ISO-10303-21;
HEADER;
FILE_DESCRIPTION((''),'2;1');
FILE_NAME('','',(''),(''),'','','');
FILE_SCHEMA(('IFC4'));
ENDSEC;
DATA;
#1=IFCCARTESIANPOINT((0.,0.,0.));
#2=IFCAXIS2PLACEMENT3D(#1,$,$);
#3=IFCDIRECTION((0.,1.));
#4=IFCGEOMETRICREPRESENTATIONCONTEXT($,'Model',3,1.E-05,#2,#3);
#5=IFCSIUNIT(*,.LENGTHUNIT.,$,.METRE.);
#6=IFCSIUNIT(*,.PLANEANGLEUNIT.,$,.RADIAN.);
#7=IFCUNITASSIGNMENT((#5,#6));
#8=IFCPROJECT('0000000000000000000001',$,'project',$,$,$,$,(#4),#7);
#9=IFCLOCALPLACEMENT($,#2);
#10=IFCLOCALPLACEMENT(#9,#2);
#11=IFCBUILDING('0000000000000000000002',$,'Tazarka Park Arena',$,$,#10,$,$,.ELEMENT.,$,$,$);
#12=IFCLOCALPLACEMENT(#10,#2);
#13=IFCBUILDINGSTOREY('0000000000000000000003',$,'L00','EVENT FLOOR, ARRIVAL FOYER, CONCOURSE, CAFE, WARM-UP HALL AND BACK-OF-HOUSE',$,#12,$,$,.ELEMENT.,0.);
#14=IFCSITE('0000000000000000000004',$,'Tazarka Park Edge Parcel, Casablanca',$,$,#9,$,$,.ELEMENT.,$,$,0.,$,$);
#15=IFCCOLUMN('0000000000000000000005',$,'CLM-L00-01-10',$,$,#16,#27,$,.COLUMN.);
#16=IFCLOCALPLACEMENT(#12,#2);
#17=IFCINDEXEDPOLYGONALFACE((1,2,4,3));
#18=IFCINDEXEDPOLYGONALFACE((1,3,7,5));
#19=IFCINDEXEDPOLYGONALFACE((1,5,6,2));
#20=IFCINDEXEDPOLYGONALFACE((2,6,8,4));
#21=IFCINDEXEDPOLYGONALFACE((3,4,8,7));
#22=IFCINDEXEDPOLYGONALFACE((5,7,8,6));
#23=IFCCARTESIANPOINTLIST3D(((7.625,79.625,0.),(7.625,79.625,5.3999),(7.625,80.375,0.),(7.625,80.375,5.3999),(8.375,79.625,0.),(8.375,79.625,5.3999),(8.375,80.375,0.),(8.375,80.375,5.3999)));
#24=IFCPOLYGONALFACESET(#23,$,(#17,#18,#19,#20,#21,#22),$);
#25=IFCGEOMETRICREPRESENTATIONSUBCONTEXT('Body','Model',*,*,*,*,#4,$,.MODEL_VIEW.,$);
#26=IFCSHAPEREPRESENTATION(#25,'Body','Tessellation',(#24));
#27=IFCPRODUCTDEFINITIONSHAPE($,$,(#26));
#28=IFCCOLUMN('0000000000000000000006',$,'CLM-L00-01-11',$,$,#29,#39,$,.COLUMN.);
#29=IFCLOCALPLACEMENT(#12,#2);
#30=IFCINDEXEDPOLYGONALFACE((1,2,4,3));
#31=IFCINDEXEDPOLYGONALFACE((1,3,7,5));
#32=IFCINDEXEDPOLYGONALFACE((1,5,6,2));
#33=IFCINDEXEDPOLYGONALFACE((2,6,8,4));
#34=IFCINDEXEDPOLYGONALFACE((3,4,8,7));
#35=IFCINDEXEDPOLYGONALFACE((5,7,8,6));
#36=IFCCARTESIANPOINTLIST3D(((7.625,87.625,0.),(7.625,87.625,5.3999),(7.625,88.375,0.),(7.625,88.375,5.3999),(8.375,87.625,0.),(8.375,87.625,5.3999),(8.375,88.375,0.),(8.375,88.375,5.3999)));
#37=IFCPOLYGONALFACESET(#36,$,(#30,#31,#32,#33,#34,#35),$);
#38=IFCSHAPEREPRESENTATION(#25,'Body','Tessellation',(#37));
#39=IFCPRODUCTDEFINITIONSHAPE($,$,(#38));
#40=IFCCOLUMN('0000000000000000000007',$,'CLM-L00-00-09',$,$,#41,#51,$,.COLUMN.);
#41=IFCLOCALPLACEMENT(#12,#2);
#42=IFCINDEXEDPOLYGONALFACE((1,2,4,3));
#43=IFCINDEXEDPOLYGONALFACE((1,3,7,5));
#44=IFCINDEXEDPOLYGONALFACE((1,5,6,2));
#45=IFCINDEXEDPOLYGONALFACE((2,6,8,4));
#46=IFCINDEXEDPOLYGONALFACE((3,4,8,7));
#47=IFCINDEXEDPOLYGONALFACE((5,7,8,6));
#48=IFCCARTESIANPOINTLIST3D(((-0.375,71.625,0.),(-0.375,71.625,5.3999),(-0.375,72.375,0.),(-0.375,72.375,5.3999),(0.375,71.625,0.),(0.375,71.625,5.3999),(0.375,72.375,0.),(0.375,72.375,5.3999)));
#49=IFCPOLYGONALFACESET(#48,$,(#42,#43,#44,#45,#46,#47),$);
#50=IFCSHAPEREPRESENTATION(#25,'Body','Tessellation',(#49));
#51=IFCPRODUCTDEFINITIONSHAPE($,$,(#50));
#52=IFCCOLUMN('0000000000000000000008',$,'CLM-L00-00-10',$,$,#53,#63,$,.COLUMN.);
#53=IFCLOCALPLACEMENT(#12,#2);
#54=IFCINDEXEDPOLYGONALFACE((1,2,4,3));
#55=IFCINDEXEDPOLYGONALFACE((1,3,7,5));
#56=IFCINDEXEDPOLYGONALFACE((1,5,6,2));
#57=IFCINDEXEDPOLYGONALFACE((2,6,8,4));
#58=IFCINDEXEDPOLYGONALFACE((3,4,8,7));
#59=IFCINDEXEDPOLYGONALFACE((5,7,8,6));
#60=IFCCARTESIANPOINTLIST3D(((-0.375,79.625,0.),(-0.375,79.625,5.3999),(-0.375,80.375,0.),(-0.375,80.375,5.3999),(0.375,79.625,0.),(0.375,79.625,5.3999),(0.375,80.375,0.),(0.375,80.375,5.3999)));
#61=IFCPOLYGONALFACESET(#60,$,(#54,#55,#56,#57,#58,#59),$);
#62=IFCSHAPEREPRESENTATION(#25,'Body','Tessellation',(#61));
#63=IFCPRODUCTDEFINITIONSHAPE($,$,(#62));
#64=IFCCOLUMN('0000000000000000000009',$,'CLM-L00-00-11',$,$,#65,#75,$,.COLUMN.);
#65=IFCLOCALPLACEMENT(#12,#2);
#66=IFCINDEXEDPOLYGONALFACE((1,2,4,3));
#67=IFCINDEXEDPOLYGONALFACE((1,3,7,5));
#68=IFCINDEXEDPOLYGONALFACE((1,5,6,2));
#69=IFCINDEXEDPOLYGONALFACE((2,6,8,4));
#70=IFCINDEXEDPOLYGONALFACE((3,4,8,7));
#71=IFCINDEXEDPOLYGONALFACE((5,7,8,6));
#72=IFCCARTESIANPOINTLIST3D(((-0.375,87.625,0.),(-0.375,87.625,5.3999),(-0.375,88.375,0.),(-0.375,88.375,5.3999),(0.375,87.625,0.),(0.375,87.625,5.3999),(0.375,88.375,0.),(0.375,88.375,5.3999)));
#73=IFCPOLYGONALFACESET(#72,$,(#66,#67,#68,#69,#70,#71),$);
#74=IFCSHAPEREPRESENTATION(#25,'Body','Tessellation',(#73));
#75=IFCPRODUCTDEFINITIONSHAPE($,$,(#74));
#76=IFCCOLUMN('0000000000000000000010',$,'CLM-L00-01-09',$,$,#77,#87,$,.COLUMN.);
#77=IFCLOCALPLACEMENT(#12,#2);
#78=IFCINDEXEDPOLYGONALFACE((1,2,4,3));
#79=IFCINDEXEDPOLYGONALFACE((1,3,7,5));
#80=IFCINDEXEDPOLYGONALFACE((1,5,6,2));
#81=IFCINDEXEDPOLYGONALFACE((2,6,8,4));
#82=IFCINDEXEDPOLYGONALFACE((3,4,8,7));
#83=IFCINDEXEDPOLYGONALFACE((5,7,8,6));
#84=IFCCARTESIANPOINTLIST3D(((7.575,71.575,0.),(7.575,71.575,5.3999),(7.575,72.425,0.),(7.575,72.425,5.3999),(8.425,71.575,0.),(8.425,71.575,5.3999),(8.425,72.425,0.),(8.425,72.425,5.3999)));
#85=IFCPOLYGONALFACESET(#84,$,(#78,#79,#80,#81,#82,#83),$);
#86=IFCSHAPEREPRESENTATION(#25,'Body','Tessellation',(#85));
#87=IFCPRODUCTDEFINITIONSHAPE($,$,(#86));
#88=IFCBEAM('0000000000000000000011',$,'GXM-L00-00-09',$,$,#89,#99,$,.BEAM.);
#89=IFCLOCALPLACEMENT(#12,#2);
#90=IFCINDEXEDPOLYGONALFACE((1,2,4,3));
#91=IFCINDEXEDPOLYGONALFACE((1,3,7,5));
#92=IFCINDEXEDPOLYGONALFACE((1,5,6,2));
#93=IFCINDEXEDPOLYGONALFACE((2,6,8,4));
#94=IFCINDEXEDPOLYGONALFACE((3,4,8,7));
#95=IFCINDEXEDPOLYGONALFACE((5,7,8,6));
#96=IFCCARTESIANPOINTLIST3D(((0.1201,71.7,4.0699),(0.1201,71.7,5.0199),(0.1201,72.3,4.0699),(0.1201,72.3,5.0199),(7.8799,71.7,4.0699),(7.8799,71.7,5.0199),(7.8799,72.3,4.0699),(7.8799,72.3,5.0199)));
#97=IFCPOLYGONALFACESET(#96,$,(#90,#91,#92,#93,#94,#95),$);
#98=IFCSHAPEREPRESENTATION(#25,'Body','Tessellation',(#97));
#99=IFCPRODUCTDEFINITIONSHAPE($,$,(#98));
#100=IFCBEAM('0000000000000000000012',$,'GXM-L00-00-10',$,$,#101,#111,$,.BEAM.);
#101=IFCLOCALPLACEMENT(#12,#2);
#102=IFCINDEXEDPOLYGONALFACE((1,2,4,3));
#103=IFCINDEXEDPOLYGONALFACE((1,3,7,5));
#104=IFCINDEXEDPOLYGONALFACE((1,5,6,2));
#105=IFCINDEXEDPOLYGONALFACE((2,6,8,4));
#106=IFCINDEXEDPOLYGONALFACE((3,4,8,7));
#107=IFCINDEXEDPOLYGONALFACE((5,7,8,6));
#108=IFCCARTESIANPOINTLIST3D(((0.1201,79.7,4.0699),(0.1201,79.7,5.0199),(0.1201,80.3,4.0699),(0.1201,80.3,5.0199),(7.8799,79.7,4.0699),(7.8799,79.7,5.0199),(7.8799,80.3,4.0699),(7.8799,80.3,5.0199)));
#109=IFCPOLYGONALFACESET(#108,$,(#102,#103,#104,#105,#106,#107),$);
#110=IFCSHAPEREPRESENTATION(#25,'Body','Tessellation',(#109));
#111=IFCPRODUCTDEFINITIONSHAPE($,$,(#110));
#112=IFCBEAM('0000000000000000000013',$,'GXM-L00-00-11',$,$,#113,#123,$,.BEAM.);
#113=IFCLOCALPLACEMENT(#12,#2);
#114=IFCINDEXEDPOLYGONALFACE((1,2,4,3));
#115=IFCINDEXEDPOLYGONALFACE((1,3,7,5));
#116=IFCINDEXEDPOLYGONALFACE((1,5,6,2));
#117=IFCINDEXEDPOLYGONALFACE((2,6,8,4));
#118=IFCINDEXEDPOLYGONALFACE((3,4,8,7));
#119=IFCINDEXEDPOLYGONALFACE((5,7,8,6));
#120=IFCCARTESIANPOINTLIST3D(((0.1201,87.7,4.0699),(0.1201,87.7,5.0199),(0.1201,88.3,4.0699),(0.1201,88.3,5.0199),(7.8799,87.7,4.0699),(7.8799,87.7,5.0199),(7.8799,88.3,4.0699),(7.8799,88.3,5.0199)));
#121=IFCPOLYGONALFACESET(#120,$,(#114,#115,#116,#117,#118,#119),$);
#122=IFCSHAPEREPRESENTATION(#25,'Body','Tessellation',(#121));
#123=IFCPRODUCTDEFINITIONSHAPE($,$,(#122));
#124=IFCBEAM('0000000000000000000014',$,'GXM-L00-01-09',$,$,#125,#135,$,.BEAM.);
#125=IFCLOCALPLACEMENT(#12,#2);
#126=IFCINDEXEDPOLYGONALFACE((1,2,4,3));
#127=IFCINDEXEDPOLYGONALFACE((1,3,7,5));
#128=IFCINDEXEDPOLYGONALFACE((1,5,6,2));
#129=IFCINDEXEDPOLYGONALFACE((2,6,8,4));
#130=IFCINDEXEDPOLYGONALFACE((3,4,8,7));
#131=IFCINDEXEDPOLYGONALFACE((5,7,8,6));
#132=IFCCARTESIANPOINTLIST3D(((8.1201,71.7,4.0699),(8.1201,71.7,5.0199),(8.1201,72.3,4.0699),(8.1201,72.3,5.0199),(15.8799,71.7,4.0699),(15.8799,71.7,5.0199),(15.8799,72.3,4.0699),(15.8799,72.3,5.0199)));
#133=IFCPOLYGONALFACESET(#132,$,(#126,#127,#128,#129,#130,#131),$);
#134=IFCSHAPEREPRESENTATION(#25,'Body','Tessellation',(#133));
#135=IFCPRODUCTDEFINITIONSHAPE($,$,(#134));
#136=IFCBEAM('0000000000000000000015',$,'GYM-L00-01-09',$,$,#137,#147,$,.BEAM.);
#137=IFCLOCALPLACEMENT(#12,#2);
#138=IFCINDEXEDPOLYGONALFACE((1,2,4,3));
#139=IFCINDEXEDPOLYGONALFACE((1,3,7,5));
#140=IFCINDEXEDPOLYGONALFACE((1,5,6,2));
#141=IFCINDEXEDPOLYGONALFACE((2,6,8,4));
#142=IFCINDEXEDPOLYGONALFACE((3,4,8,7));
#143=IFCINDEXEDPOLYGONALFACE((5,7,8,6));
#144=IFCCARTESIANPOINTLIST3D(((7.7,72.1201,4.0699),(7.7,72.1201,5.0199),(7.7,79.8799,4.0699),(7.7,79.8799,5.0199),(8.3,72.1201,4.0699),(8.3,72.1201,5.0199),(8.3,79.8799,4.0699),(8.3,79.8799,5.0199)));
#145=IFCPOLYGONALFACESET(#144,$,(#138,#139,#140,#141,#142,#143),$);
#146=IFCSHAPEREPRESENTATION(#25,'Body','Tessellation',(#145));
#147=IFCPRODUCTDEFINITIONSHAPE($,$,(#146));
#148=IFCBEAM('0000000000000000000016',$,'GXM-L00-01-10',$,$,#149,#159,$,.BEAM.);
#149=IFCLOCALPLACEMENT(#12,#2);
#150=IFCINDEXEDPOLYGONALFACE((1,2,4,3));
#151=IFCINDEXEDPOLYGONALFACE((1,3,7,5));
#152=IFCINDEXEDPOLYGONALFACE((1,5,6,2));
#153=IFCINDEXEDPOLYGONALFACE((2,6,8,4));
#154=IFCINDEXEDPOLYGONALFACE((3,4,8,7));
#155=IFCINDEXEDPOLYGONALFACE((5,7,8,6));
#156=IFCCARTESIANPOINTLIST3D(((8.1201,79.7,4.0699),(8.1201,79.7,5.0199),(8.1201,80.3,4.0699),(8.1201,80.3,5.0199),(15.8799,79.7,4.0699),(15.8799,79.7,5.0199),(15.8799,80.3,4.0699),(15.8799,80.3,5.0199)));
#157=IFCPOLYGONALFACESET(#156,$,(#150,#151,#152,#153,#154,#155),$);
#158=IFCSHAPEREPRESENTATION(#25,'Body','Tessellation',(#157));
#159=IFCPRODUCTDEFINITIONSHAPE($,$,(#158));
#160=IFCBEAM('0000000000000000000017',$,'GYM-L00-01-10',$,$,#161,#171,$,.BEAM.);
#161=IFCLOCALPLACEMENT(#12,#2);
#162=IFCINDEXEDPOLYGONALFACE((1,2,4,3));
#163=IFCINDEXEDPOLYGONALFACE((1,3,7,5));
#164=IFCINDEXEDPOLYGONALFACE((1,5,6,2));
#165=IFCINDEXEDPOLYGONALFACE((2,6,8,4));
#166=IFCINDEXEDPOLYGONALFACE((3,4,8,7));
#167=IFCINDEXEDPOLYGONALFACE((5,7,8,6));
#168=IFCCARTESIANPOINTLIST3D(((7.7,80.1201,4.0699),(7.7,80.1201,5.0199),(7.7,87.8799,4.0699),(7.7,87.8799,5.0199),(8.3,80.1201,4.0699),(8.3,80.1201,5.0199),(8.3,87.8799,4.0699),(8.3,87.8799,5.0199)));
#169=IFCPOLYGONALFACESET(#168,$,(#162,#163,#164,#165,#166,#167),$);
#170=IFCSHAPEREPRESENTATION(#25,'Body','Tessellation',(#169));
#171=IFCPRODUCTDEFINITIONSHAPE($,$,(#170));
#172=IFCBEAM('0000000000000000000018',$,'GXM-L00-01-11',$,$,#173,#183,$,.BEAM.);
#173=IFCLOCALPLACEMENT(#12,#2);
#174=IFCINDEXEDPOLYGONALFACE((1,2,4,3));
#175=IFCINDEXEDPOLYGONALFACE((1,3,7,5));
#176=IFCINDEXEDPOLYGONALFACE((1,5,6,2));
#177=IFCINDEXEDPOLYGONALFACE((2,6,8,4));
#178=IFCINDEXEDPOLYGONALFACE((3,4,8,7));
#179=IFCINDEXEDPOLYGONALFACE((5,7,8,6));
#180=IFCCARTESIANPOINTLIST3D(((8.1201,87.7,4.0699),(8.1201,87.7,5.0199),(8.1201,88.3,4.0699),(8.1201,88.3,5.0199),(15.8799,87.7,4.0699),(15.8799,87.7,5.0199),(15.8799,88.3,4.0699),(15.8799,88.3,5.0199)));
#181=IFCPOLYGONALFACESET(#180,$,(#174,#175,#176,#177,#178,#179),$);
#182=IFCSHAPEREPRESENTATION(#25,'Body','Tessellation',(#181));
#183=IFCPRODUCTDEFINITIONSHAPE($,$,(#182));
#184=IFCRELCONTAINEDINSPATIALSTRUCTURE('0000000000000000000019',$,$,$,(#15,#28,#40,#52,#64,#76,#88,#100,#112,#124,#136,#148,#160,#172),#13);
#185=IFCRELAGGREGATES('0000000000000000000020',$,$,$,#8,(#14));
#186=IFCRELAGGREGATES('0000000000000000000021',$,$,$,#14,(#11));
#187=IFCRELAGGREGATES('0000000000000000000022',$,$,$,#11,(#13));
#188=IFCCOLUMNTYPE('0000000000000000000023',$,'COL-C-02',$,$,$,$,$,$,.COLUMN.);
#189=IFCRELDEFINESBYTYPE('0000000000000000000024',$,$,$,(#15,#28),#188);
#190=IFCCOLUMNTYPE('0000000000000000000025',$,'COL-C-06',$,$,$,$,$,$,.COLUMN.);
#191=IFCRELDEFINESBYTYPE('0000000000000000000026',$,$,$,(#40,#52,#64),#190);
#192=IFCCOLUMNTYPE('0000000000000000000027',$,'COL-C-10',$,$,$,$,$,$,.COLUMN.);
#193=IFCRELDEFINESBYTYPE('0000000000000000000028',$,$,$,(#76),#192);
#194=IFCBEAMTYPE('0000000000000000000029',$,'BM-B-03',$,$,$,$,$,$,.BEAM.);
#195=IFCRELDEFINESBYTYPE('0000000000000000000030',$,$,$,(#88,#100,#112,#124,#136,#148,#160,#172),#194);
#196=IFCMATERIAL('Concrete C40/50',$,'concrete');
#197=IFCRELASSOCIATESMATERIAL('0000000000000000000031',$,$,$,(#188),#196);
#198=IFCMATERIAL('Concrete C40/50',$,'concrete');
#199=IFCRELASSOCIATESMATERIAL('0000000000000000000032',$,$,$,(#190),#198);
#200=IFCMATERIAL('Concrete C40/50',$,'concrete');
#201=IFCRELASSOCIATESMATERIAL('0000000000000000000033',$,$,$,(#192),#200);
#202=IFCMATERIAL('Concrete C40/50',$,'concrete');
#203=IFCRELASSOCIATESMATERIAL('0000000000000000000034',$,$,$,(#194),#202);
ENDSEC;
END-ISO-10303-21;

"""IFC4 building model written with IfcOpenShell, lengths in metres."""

from ifc_helpers import new_model, si_unit, direction, frame, origin, origin_2d, place, context, subcontext, project, spatial, rectangle, extrude, material, material_profile, profile_set, type_object, element, save


model = new_model("IFC4")

# Units and contexts
model_context = context("Model", 3, precision=1e-05, world=origin(), true_north=direction((0.0, 1.0)))
body_context = subcontext(model_context, "Body", "Model", "MODEL_VIEW")
ifc_project = project(units=[si_unit("LENGTHUNIT", "METRE"), si_unit("PLANEANGLEUNIT", "RADIAN")], contexts=[model_context])

# Site, building, storey
site_placement = place(None, origin())
site = spatial("IfcSite", under=ifc_project, at=site_placement, Name="Tazarka Park Edge Parcel, Casablanca", CompositionType="ELEMENT", RefElevation=0.0)
building_placement = place(site_placement, origin())
building = spatial("IfcBuilding", under=site, at=building_placement, Name="Tazarka Park Arena", CompositionType="ELEMENT")
storey_placement = place(building_placement, origin())
storey = spatial("IfcBuildingStorey", under=building, at=storey_placement, Name="L00", Description="EVENT FLOOR, ARRIVAL FOYER, CONCOURSE, CAFE, WARM-UP HALL AND BACK-OF-HOUSE", CompositionType="ELEMENT", Elevation=0.0)

# Columns
ifc_material_1 = material(Name="Concrete C40/50", Category="concrete")
ifc_material_profile_1 = material_profile(ifc_material_1, rectangle(XDim=0.75, YDim=0.75, at=origin_2d()), Name="Concrete C40/50")
ifc_profile_set_1 = profile_set([ifc_material_profile_1], Name="Concrete C40/50")
column_type_1 = type_object("IfcColumnType", Name="COL-C-02", PredefinedType="COLUMN", material=ifc_profile_set_1)
for number, where, z_axis, x_axis, name in (
    (1, (8.0, 80.0, 0.0), (0.0, 0.0, 1.0), (1.0, 0.0, 0.0), "CLM-L00-01-10"),
    (2, (8.0, 88.0, 0.0), (0.0, 0.0, 1.0), (1.0, 0.0, 0.0), "CLM-L00-01-11"),
):
    element("IfcColumn", number, at=place(storey_placement, frame(where, z_axis=z_axis, x_axis=x_axis)), inside=storey, type_object=column_type_1, Name=name, PredefinedType="COLUMN", context=body_context, shape_type="SweptSolid", body=[
        extrude(rectangle(XDim=0.75, YDim=0.75, at=origin_2d()), origin(), (0.0, 0.0, 1.0), 5.3999),
    ])
ifc_material_2 = material(Name="Concrete C40/50", Category="concrete")
ifc_material_profile_2 = material_profile(ifc_material_2, rectangle(XDim=0.75, YDim=0.75, at=origin_2d()), Name="Concrete C40/50")
ifc_profile_set_2 = profile_set([ifc_material_profile_2], Name="Concrete C40/50")
column_type_2 = type_object("IfcColumnType", Name="COL-C-06", PredefinedType="COLUMN", material=ifc_profile_set_2)
for number, where, z_axis, x_axis, name in (
    (3, (0.0, 72.0, 0.0), (0.0, 0.0, 1.0), (1.0, 0.0, 0.0), "CLM-L00-00-09"),
    (4, (0.0, 80.0, 0.0), (0.0, 0.0, 1.0), (1.0, 0.0, 0.0), "CLM-L00-00-10"),
    (5, (0.0, 88.0, 0.0), (0.0, 0.0, 1.0), (1.0, 0.0, 0.0), "CLM-L00-00-11"),
):
    element("IfcColumn", number, at=place(storey_placement, frame(where, z_axis=z_axis, x_axis=x_axis)), inside=storey, type_object=column_type_2, Name=name, PredefinedType="COLUMN", context=body_context, shape_type="SweptSolid", body=[
        extrude(rectangle(XDim=0.75, YDim=0.75, at=origin_2d()), origin(), (0.0, 0.0, 1.0), 5.3999),
    ])
ifc_material_3 = material(Name="Concrete C40/50", Category="concrete")
ifc_material_profile_3 = material_profile(ifc_material_3, rectangle(XDim=0.8501, YDim=0.8501, at=origin_2d()), Name="Concrete C40/50")
ifc_profile_set_3 = profile_set([ifc_material_profile_3], Name="Concrete C40/50")
column_type_3 = type_object("IfcColumnType", Name="COL-C-10", PredefinedType="COLUMN", material=ifc_profile_set_3)
column_placement = place(storey_placement, frame((8.0, 72.0, 0.0), z_axis=(0.0, 0.0, 1.0), x_axis=(1.0, 0.0, 0.0)))
element("IfcColumn", 6, at=column_placement, inside=storey, type_object=column_type_3, Name="CLM-L00-01-09", PredefinedType="COLUMN", context=body_context, shape_type="SweptSolid", body=[
    extrude(rectangle(XDim=0.8501, YDim=0.8501, at=origin_2d()), origin(), (0.0, 0.0, 1.0), 5.3999),
])

# Beams
ifc_material_4 = material(Name="Concrete C40/50", Category="concrete")
ifc_material_profile_4 = material_profile(ifc_material_4, rectangle(XDim=0.6001, YDim=0.95, at=origin_2d()), Name="Concrete C40/50")
ifc_profile_set_4 = profile_set([ifc_material_profile_4], Name="Concrete C40/50")
beam_type_1 = type_object("IfcBeamType", Name="BM-B-03", PredefinedType="BEAM", material=ifc_profile_set_4)
for number, where, z_axis, x_axis, name in (
    (7, (0.1201, 72.0, 4.5449), (1.0, 0.0, 0.0), (0.0, 1.0, 0.0), "GXM-L00-00-09"),
    (8, (0.1201, 80.0, 4.5449), (1.0, 0.0, 0.0), (0.0, 1.0, 0.0), "GXM-L00-00-10"),
    (9, (0.1201, 88.0, 4.5449), (1.0, 0.0, 0.0), (0.0, 1.0, 0.0), "GXM-L00-00-11"),
    (10, (8.1201, 72.0, 4.5449), (1.0, 0.0, 0.0), (0.0, 1.0, 0.0), "GXM-L00-01-09"),
    (11, (8.0, 72.1201, 4.5449), (0.0, 1.0, 0.0), (-1.0, 0.0, 0.0), "GYM-L00-01-09"),
    (12, (8.1201, 80.0, 4.5449), (1.0, 0.0, 0.0), (0.0, 1.0, 0.0), "GXM-L00-01-10"),
    (13, (8.0, 80.1201, 4.5449), (0.0, 1.0, 0.0), (-1.0, 0.0, 0.0), "GYM-L00-01-10"),
    (14, (8.1201, 88.0, 4.5449), (1.0, 0.0, 0.0), (0.0, 1.0, 0.0), "GXM-L00-01-11"),
):
    element("IfcBeam", number, at=place(storey_placement, frame(where, z_axis=z_axis, x_axis=x_axis)), inside=storey, type_object=beam_type_1, Name=name, PredefinedType="BEAM", context=body_context, shape_type="SweptSolid", body=[
        extrude(rectangle(XDim=0.6001, YDim=0.95, at=origin_2d()), origin(), (0.0, 0.0, 1.0), 7.7598),
    ])

save(model, "model.ifc")
